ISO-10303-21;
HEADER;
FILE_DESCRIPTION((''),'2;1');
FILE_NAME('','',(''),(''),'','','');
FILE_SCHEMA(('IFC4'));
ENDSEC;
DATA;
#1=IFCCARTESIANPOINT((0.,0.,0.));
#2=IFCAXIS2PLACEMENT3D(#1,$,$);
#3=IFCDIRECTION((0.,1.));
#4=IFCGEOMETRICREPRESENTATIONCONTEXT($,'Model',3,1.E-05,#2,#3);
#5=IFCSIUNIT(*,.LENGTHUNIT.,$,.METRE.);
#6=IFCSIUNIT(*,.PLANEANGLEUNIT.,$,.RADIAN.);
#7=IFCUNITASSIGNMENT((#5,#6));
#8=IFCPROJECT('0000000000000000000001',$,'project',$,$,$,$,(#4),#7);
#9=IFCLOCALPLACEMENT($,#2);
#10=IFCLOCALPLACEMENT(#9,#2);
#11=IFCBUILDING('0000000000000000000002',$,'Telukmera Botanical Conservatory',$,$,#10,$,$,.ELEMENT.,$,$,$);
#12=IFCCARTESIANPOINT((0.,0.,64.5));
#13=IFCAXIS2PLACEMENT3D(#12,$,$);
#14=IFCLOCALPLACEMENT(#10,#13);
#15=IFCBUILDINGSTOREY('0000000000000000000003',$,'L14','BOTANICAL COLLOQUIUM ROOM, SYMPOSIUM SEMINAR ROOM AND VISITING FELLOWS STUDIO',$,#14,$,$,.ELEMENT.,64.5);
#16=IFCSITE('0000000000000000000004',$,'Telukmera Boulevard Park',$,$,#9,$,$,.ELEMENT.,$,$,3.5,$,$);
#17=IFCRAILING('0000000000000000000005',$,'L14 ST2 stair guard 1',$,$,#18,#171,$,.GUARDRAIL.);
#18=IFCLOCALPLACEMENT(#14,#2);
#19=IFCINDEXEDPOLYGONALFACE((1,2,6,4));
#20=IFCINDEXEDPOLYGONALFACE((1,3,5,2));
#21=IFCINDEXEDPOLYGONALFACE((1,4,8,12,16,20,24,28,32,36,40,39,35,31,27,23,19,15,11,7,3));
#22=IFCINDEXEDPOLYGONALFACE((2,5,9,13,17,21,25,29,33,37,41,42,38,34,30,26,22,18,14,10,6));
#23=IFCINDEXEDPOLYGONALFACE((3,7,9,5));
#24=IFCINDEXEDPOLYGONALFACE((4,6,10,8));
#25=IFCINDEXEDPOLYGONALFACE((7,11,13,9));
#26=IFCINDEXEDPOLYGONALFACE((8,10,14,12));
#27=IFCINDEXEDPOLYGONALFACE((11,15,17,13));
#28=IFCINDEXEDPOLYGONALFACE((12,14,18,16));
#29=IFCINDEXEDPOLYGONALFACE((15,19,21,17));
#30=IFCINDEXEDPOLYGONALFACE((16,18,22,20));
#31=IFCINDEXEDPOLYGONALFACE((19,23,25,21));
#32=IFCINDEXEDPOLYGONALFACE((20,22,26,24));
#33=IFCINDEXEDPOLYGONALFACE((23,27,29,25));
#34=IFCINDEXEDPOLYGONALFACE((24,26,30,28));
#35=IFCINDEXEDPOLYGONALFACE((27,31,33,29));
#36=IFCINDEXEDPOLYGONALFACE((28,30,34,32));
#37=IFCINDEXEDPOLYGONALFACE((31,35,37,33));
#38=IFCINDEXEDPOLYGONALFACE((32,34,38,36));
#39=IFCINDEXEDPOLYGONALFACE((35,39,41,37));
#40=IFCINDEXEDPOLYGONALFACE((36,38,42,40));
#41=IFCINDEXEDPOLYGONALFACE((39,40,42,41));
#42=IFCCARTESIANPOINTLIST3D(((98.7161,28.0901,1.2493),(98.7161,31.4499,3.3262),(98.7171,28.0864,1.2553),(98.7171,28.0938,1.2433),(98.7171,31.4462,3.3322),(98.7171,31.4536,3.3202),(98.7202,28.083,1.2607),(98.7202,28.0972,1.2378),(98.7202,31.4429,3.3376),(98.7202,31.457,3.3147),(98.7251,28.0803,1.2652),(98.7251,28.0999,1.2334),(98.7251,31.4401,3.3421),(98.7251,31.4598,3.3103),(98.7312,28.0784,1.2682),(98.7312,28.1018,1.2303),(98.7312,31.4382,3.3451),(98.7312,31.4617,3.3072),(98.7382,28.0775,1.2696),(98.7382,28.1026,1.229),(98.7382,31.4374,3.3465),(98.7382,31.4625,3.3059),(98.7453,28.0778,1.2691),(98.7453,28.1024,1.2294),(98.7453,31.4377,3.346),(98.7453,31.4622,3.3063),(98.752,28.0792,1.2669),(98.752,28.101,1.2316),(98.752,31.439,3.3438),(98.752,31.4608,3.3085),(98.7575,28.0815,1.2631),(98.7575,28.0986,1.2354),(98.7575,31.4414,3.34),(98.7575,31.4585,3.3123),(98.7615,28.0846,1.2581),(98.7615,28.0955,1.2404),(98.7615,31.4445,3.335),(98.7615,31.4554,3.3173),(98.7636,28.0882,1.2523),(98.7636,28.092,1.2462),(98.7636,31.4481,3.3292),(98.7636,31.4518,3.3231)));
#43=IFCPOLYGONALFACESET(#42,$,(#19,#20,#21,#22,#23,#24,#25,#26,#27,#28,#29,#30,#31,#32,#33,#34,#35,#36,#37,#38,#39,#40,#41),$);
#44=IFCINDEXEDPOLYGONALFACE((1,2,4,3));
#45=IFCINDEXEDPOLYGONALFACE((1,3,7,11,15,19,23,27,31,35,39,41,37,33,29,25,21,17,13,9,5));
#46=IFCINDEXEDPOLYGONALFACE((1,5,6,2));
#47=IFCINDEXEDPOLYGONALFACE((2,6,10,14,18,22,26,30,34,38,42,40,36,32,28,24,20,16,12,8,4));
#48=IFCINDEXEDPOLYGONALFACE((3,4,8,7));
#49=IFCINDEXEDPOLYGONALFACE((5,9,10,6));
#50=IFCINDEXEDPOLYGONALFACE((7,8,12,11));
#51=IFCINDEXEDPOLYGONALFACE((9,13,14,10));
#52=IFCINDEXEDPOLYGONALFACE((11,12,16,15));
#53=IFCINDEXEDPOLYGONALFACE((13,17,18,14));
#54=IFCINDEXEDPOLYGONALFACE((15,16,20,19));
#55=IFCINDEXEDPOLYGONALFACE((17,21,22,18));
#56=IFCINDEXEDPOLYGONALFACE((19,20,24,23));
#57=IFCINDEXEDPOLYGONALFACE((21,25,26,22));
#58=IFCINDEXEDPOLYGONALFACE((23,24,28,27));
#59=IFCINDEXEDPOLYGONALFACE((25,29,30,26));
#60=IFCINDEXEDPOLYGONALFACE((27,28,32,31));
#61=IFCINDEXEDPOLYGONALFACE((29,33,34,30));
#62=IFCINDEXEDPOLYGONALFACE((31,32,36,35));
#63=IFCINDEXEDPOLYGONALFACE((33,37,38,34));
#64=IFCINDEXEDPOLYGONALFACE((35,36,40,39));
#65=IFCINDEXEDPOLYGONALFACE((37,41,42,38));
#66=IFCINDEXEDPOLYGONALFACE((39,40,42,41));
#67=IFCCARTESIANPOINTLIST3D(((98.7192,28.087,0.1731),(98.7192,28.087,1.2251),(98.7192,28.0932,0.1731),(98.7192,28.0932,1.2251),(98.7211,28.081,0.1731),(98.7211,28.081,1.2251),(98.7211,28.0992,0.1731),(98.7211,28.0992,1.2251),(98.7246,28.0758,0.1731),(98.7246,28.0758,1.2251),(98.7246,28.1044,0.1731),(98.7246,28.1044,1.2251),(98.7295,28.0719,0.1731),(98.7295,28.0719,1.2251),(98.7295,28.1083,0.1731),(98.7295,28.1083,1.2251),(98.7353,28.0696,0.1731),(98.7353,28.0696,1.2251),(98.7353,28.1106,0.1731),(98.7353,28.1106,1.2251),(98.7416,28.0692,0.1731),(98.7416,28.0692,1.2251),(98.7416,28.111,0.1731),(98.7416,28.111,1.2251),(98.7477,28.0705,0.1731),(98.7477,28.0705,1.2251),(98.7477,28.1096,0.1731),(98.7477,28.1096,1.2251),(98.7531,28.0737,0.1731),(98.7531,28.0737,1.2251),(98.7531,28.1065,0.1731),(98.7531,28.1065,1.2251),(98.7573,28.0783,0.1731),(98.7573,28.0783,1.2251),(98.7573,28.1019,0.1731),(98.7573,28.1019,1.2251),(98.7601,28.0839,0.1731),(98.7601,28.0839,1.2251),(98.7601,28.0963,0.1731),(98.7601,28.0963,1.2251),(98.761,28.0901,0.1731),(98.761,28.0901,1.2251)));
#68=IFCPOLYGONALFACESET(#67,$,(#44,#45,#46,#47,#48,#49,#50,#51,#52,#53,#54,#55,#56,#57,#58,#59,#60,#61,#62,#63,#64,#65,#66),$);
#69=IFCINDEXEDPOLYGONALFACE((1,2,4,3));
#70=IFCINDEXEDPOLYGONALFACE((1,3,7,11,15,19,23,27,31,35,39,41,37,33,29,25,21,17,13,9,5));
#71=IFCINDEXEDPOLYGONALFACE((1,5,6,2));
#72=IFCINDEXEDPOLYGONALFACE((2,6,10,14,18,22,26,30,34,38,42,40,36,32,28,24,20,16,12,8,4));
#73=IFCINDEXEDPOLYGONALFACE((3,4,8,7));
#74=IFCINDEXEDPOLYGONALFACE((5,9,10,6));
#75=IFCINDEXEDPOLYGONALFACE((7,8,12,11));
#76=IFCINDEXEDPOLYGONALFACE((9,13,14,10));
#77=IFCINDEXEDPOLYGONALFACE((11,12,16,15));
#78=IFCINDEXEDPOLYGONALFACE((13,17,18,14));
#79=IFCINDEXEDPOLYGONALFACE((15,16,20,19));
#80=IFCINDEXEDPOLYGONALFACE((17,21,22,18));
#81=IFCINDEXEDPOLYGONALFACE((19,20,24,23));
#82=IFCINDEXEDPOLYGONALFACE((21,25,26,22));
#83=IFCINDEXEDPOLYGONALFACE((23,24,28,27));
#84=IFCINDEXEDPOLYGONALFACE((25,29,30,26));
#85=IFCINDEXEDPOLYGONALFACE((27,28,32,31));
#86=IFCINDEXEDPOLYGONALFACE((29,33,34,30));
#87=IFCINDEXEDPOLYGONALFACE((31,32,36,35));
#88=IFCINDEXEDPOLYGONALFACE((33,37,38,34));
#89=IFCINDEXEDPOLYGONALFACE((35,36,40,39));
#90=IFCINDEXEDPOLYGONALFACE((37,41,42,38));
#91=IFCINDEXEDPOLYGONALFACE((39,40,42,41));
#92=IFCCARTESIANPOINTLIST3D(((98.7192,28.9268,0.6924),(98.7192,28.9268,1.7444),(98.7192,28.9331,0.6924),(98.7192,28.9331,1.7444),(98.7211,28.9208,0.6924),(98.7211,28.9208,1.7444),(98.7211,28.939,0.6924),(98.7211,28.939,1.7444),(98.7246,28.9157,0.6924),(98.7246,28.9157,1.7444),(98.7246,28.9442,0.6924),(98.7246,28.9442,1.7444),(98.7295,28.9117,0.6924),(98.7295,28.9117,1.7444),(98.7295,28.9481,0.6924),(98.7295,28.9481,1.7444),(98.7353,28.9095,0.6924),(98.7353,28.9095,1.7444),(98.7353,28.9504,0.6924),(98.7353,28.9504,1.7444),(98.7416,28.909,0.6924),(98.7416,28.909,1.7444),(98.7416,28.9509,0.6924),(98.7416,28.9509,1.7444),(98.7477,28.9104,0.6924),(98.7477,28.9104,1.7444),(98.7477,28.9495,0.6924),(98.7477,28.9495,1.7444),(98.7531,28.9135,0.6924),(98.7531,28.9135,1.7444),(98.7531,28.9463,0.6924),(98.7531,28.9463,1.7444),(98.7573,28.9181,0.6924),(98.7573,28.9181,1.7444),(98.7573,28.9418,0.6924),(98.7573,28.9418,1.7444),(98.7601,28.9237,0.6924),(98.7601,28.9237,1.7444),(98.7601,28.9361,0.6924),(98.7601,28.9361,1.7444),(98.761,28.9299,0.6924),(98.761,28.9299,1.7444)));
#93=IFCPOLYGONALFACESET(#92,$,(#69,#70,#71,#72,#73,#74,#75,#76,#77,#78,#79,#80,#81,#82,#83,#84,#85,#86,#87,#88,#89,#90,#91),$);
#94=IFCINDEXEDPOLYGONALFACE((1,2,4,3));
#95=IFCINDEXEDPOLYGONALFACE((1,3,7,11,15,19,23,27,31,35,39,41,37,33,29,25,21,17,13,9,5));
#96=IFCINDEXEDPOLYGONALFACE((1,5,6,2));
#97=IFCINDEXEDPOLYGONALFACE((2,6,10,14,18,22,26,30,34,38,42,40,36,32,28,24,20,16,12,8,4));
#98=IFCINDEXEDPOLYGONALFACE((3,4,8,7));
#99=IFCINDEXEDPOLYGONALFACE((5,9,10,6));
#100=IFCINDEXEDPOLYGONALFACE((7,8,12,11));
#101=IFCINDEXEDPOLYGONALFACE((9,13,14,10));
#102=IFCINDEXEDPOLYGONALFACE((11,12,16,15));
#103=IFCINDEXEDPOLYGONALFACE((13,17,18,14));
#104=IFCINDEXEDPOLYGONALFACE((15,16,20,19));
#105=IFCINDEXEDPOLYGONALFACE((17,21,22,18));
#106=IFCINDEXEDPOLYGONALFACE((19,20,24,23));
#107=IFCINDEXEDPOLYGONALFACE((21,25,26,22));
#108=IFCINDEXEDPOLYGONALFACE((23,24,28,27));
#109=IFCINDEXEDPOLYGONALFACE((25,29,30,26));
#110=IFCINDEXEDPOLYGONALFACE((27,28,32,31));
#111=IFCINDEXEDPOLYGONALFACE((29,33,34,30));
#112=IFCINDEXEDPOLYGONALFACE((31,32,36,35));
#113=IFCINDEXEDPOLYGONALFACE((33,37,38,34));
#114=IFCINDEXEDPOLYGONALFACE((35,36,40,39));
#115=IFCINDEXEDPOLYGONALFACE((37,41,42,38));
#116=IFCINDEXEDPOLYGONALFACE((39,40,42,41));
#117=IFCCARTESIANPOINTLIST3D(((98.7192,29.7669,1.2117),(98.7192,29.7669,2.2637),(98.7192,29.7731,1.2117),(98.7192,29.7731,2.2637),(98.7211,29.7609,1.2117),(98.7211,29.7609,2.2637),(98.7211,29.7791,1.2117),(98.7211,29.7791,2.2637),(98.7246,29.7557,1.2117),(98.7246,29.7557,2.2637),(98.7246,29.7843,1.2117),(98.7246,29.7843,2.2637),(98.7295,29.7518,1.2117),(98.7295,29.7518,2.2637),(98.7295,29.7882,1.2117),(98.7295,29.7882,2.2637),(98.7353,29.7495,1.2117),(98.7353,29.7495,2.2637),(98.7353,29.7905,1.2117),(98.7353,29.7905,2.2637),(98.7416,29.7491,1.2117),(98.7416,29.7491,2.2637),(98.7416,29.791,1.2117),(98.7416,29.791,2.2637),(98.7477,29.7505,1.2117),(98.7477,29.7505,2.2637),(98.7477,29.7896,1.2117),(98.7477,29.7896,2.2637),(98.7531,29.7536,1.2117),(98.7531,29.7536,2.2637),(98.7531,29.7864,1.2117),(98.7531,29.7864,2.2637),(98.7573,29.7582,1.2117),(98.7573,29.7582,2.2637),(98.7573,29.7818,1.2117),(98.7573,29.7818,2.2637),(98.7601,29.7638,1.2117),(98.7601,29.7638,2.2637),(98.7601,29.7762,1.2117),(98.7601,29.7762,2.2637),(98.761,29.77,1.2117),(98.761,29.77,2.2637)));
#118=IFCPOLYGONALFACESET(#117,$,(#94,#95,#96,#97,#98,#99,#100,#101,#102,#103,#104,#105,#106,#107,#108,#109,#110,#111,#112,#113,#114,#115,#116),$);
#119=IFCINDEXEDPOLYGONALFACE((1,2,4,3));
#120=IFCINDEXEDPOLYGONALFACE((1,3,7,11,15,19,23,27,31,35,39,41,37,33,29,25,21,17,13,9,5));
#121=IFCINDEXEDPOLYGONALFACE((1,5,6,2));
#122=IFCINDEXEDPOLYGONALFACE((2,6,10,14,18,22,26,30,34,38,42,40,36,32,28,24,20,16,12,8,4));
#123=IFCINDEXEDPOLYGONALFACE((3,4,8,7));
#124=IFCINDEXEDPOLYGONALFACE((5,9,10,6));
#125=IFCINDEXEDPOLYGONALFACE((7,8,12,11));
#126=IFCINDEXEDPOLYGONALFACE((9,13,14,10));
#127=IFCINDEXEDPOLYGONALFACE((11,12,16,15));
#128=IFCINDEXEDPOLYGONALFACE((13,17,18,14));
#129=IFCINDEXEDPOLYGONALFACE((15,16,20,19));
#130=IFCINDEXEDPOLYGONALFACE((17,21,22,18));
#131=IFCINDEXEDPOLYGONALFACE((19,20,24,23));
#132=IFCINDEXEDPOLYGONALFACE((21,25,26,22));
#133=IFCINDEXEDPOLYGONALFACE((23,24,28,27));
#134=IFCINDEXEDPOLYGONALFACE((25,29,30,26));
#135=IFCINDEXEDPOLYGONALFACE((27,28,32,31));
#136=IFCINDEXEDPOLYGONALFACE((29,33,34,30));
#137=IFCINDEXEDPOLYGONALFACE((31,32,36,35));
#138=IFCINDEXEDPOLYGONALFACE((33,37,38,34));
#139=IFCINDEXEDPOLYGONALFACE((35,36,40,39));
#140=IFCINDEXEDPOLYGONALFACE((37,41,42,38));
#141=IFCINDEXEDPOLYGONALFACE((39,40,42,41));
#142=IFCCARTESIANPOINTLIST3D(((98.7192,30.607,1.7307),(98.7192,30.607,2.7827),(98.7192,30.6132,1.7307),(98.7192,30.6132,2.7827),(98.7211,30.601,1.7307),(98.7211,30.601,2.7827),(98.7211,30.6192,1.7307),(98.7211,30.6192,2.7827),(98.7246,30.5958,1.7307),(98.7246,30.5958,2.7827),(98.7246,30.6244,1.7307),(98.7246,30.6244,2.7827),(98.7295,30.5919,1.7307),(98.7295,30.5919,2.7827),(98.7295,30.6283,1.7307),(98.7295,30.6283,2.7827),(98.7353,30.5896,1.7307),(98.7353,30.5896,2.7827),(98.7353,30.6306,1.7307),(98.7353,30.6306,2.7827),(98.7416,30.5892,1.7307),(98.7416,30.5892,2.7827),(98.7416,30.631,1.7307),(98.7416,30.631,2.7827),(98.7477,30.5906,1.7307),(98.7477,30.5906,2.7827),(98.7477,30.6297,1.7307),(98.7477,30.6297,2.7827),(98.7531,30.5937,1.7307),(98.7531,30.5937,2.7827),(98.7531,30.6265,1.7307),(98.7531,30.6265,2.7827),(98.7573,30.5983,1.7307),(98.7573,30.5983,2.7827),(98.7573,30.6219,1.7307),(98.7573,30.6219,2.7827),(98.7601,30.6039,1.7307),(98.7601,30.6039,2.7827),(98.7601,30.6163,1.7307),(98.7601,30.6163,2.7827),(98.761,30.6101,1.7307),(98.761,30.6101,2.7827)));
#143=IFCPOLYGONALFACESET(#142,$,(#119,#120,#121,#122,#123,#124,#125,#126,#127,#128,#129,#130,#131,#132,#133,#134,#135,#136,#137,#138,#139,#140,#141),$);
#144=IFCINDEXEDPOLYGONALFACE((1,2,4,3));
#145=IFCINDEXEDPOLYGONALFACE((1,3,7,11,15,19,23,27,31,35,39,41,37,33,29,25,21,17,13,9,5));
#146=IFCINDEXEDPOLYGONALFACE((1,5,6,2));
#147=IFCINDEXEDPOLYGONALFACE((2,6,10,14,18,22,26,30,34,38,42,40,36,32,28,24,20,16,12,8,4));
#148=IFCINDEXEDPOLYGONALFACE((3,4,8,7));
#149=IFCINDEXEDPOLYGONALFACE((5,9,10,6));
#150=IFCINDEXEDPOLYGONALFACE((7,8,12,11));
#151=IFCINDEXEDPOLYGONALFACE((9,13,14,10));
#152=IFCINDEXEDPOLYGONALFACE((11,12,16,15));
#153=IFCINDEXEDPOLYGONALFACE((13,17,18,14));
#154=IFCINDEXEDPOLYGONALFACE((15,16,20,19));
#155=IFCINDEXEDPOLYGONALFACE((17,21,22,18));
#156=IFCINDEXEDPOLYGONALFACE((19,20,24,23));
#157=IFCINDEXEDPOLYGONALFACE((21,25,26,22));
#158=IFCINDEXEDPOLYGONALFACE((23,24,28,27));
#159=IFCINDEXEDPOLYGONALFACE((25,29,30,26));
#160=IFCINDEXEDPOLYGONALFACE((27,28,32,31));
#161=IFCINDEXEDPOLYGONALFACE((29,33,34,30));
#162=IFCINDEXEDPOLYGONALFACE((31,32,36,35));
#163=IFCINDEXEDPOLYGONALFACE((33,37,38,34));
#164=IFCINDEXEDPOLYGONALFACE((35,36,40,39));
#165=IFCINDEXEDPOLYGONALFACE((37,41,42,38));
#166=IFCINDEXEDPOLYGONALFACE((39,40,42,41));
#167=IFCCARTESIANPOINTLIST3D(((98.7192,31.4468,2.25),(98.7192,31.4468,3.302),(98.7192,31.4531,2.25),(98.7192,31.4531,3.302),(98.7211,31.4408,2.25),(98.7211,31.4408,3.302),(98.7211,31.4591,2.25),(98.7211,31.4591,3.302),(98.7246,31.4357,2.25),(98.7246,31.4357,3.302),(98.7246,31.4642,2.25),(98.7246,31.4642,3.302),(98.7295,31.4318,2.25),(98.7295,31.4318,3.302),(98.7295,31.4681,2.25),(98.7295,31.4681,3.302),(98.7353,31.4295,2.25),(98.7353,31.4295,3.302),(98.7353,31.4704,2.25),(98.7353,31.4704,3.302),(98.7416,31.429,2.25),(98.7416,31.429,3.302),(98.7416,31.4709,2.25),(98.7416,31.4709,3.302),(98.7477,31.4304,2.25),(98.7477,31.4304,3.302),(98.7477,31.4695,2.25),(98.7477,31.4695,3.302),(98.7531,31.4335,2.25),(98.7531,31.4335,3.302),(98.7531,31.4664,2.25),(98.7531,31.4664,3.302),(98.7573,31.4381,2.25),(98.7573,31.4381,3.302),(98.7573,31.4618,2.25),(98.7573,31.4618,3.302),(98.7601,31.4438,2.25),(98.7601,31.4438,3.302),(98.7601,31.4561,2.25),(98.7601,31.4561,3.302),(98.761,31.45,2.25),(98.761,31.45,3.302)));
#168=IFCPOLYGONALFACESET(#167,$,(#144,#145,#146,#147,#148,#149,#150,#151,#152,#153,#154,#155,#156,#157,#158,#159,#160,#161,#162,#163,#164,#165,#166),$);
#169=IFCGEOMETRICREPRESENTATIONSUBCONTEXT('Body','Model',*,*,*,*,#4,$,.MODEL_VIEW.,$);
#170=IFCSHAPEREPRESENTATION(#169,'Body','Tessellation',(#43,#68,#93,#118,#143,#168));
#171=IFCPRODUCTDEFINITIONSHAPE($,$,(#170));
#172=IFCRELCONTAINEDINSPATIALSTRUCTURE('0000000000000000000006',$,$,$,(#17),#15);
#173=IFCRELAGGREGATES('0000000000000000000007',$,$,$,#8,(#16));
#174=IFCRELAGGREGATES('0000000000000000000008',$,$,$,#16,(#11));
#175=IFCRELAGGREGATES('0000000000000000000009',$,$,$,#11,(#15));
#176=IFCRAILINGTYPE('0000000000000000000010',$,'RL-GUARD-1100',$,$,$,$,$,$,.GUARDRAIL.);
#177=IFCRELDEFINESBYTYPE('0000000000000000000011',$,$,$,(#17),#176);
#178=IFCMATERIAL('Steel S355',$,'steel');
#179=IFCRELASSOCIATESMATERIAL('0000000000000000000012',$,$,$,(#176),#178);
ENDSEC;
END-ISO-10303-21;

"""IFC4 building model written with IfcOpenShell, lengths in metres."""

from ifc_helpers import new_model, si_unit, direction, frame, origin, origin_2d, place, context, subcontext, project, spatial, circle, extrude, material, type_object, element, save


model = new_model("IFC4")

# Units and contexts
model_context = context("Model", 3, precision=1e-05, world=origin(), true_north=direction((0.0, 1.0)))
body_context = subcontext(model_context, "Body", "Model", "MODEL_VIEW")
ifc_project = project(units=[si_unit("LENGTHUNIT", "METRE"), si_unit("PLANEANGLEUNIT", "RADIAN")], contexts=[model_context])

# Site, building, storey
site_placement = place(None, origin())
site = spatial("IfcSite", under=ifc_project, at=site_placement, Name="Telukmera Boulevard Park", CompositionType="ELEMENT", RefElevation=3.5)
building_placement = place(site_placement, origin())
building = spatial("IfcBuilding", under=site, at=building_placement, Name="Telukmera Botanical Conservatory", CompositionType="ELEMENT")
storey_placement = place(building_placement, frame((0.0, 0.0, 64.5)))
storey = spatial("IfcBuildingStorey", under=building, at=storey_placement, Name="L14", Description="BOTANICAL COLLOQUIUM ROOM, SYMPOSIUM SEMINAR ROOM AND VISITING FELLOWS STUDIO", CompositionType="ELEMENT", Elevation=64.5)

# Railing
ifc_material_1 = material(Name="Steel S355", Category="steel")
railing_type_1 = type_object("IfcRailingType", Name="RL-GUARD-1100", PredefinedType="GUARDRAIL", material=ifc_material_1)
railing_1_placement = place(storey_placement, frame((98.74, 28.0901, 0.1731)))
element("IfcRailing", 1, at=railing_1_placement, inside=storey, type_object=railing_type_1, Name="L14 ST2 stair guard 1", PredefinedType="GUARDRAIL", context=body_context, shape_type="SweptSolid", body=[
    extrude(circle(Radius=0.0239, at=origin_2d()), frame((0.0, 0.0, 1.0762), z_axis=(0.0, 0.850606, 0.525803), x_axis=(-1.0, 0.0, 0.0)), (0.0, 0.0, 1.0), 3.95),
    extrude(circle(Radius=0.021, at=origin_2d()), origin(), (0.0, 0.0, 1.0), 1.052),
    extrude(circle(Radius=0.021, at=origin_2d()), frame((0.0, 0.8398, 0.5193)), (0.0, 0.0, 1.0), 1.052),
    extrude(circle(Radius=0.021, at=origin_2d()), frame((0.0, 1.6799, 1.0386)), (0.0, 0.0, 1.0), 1.052),
    extrude(circle(Radius=0.021, at=origin_2d()), frame((0.0, 2.52, 1.5576)), (0.0, 0.0, 1.0), 1.052),
    extrude(circle(Radius=0.021, at=origin_2d()), frame((0.0, 3.3599, 2.0769)), (0.0, 0.0, 1.0), 1.052),
])

save(model, "model.ifc")
